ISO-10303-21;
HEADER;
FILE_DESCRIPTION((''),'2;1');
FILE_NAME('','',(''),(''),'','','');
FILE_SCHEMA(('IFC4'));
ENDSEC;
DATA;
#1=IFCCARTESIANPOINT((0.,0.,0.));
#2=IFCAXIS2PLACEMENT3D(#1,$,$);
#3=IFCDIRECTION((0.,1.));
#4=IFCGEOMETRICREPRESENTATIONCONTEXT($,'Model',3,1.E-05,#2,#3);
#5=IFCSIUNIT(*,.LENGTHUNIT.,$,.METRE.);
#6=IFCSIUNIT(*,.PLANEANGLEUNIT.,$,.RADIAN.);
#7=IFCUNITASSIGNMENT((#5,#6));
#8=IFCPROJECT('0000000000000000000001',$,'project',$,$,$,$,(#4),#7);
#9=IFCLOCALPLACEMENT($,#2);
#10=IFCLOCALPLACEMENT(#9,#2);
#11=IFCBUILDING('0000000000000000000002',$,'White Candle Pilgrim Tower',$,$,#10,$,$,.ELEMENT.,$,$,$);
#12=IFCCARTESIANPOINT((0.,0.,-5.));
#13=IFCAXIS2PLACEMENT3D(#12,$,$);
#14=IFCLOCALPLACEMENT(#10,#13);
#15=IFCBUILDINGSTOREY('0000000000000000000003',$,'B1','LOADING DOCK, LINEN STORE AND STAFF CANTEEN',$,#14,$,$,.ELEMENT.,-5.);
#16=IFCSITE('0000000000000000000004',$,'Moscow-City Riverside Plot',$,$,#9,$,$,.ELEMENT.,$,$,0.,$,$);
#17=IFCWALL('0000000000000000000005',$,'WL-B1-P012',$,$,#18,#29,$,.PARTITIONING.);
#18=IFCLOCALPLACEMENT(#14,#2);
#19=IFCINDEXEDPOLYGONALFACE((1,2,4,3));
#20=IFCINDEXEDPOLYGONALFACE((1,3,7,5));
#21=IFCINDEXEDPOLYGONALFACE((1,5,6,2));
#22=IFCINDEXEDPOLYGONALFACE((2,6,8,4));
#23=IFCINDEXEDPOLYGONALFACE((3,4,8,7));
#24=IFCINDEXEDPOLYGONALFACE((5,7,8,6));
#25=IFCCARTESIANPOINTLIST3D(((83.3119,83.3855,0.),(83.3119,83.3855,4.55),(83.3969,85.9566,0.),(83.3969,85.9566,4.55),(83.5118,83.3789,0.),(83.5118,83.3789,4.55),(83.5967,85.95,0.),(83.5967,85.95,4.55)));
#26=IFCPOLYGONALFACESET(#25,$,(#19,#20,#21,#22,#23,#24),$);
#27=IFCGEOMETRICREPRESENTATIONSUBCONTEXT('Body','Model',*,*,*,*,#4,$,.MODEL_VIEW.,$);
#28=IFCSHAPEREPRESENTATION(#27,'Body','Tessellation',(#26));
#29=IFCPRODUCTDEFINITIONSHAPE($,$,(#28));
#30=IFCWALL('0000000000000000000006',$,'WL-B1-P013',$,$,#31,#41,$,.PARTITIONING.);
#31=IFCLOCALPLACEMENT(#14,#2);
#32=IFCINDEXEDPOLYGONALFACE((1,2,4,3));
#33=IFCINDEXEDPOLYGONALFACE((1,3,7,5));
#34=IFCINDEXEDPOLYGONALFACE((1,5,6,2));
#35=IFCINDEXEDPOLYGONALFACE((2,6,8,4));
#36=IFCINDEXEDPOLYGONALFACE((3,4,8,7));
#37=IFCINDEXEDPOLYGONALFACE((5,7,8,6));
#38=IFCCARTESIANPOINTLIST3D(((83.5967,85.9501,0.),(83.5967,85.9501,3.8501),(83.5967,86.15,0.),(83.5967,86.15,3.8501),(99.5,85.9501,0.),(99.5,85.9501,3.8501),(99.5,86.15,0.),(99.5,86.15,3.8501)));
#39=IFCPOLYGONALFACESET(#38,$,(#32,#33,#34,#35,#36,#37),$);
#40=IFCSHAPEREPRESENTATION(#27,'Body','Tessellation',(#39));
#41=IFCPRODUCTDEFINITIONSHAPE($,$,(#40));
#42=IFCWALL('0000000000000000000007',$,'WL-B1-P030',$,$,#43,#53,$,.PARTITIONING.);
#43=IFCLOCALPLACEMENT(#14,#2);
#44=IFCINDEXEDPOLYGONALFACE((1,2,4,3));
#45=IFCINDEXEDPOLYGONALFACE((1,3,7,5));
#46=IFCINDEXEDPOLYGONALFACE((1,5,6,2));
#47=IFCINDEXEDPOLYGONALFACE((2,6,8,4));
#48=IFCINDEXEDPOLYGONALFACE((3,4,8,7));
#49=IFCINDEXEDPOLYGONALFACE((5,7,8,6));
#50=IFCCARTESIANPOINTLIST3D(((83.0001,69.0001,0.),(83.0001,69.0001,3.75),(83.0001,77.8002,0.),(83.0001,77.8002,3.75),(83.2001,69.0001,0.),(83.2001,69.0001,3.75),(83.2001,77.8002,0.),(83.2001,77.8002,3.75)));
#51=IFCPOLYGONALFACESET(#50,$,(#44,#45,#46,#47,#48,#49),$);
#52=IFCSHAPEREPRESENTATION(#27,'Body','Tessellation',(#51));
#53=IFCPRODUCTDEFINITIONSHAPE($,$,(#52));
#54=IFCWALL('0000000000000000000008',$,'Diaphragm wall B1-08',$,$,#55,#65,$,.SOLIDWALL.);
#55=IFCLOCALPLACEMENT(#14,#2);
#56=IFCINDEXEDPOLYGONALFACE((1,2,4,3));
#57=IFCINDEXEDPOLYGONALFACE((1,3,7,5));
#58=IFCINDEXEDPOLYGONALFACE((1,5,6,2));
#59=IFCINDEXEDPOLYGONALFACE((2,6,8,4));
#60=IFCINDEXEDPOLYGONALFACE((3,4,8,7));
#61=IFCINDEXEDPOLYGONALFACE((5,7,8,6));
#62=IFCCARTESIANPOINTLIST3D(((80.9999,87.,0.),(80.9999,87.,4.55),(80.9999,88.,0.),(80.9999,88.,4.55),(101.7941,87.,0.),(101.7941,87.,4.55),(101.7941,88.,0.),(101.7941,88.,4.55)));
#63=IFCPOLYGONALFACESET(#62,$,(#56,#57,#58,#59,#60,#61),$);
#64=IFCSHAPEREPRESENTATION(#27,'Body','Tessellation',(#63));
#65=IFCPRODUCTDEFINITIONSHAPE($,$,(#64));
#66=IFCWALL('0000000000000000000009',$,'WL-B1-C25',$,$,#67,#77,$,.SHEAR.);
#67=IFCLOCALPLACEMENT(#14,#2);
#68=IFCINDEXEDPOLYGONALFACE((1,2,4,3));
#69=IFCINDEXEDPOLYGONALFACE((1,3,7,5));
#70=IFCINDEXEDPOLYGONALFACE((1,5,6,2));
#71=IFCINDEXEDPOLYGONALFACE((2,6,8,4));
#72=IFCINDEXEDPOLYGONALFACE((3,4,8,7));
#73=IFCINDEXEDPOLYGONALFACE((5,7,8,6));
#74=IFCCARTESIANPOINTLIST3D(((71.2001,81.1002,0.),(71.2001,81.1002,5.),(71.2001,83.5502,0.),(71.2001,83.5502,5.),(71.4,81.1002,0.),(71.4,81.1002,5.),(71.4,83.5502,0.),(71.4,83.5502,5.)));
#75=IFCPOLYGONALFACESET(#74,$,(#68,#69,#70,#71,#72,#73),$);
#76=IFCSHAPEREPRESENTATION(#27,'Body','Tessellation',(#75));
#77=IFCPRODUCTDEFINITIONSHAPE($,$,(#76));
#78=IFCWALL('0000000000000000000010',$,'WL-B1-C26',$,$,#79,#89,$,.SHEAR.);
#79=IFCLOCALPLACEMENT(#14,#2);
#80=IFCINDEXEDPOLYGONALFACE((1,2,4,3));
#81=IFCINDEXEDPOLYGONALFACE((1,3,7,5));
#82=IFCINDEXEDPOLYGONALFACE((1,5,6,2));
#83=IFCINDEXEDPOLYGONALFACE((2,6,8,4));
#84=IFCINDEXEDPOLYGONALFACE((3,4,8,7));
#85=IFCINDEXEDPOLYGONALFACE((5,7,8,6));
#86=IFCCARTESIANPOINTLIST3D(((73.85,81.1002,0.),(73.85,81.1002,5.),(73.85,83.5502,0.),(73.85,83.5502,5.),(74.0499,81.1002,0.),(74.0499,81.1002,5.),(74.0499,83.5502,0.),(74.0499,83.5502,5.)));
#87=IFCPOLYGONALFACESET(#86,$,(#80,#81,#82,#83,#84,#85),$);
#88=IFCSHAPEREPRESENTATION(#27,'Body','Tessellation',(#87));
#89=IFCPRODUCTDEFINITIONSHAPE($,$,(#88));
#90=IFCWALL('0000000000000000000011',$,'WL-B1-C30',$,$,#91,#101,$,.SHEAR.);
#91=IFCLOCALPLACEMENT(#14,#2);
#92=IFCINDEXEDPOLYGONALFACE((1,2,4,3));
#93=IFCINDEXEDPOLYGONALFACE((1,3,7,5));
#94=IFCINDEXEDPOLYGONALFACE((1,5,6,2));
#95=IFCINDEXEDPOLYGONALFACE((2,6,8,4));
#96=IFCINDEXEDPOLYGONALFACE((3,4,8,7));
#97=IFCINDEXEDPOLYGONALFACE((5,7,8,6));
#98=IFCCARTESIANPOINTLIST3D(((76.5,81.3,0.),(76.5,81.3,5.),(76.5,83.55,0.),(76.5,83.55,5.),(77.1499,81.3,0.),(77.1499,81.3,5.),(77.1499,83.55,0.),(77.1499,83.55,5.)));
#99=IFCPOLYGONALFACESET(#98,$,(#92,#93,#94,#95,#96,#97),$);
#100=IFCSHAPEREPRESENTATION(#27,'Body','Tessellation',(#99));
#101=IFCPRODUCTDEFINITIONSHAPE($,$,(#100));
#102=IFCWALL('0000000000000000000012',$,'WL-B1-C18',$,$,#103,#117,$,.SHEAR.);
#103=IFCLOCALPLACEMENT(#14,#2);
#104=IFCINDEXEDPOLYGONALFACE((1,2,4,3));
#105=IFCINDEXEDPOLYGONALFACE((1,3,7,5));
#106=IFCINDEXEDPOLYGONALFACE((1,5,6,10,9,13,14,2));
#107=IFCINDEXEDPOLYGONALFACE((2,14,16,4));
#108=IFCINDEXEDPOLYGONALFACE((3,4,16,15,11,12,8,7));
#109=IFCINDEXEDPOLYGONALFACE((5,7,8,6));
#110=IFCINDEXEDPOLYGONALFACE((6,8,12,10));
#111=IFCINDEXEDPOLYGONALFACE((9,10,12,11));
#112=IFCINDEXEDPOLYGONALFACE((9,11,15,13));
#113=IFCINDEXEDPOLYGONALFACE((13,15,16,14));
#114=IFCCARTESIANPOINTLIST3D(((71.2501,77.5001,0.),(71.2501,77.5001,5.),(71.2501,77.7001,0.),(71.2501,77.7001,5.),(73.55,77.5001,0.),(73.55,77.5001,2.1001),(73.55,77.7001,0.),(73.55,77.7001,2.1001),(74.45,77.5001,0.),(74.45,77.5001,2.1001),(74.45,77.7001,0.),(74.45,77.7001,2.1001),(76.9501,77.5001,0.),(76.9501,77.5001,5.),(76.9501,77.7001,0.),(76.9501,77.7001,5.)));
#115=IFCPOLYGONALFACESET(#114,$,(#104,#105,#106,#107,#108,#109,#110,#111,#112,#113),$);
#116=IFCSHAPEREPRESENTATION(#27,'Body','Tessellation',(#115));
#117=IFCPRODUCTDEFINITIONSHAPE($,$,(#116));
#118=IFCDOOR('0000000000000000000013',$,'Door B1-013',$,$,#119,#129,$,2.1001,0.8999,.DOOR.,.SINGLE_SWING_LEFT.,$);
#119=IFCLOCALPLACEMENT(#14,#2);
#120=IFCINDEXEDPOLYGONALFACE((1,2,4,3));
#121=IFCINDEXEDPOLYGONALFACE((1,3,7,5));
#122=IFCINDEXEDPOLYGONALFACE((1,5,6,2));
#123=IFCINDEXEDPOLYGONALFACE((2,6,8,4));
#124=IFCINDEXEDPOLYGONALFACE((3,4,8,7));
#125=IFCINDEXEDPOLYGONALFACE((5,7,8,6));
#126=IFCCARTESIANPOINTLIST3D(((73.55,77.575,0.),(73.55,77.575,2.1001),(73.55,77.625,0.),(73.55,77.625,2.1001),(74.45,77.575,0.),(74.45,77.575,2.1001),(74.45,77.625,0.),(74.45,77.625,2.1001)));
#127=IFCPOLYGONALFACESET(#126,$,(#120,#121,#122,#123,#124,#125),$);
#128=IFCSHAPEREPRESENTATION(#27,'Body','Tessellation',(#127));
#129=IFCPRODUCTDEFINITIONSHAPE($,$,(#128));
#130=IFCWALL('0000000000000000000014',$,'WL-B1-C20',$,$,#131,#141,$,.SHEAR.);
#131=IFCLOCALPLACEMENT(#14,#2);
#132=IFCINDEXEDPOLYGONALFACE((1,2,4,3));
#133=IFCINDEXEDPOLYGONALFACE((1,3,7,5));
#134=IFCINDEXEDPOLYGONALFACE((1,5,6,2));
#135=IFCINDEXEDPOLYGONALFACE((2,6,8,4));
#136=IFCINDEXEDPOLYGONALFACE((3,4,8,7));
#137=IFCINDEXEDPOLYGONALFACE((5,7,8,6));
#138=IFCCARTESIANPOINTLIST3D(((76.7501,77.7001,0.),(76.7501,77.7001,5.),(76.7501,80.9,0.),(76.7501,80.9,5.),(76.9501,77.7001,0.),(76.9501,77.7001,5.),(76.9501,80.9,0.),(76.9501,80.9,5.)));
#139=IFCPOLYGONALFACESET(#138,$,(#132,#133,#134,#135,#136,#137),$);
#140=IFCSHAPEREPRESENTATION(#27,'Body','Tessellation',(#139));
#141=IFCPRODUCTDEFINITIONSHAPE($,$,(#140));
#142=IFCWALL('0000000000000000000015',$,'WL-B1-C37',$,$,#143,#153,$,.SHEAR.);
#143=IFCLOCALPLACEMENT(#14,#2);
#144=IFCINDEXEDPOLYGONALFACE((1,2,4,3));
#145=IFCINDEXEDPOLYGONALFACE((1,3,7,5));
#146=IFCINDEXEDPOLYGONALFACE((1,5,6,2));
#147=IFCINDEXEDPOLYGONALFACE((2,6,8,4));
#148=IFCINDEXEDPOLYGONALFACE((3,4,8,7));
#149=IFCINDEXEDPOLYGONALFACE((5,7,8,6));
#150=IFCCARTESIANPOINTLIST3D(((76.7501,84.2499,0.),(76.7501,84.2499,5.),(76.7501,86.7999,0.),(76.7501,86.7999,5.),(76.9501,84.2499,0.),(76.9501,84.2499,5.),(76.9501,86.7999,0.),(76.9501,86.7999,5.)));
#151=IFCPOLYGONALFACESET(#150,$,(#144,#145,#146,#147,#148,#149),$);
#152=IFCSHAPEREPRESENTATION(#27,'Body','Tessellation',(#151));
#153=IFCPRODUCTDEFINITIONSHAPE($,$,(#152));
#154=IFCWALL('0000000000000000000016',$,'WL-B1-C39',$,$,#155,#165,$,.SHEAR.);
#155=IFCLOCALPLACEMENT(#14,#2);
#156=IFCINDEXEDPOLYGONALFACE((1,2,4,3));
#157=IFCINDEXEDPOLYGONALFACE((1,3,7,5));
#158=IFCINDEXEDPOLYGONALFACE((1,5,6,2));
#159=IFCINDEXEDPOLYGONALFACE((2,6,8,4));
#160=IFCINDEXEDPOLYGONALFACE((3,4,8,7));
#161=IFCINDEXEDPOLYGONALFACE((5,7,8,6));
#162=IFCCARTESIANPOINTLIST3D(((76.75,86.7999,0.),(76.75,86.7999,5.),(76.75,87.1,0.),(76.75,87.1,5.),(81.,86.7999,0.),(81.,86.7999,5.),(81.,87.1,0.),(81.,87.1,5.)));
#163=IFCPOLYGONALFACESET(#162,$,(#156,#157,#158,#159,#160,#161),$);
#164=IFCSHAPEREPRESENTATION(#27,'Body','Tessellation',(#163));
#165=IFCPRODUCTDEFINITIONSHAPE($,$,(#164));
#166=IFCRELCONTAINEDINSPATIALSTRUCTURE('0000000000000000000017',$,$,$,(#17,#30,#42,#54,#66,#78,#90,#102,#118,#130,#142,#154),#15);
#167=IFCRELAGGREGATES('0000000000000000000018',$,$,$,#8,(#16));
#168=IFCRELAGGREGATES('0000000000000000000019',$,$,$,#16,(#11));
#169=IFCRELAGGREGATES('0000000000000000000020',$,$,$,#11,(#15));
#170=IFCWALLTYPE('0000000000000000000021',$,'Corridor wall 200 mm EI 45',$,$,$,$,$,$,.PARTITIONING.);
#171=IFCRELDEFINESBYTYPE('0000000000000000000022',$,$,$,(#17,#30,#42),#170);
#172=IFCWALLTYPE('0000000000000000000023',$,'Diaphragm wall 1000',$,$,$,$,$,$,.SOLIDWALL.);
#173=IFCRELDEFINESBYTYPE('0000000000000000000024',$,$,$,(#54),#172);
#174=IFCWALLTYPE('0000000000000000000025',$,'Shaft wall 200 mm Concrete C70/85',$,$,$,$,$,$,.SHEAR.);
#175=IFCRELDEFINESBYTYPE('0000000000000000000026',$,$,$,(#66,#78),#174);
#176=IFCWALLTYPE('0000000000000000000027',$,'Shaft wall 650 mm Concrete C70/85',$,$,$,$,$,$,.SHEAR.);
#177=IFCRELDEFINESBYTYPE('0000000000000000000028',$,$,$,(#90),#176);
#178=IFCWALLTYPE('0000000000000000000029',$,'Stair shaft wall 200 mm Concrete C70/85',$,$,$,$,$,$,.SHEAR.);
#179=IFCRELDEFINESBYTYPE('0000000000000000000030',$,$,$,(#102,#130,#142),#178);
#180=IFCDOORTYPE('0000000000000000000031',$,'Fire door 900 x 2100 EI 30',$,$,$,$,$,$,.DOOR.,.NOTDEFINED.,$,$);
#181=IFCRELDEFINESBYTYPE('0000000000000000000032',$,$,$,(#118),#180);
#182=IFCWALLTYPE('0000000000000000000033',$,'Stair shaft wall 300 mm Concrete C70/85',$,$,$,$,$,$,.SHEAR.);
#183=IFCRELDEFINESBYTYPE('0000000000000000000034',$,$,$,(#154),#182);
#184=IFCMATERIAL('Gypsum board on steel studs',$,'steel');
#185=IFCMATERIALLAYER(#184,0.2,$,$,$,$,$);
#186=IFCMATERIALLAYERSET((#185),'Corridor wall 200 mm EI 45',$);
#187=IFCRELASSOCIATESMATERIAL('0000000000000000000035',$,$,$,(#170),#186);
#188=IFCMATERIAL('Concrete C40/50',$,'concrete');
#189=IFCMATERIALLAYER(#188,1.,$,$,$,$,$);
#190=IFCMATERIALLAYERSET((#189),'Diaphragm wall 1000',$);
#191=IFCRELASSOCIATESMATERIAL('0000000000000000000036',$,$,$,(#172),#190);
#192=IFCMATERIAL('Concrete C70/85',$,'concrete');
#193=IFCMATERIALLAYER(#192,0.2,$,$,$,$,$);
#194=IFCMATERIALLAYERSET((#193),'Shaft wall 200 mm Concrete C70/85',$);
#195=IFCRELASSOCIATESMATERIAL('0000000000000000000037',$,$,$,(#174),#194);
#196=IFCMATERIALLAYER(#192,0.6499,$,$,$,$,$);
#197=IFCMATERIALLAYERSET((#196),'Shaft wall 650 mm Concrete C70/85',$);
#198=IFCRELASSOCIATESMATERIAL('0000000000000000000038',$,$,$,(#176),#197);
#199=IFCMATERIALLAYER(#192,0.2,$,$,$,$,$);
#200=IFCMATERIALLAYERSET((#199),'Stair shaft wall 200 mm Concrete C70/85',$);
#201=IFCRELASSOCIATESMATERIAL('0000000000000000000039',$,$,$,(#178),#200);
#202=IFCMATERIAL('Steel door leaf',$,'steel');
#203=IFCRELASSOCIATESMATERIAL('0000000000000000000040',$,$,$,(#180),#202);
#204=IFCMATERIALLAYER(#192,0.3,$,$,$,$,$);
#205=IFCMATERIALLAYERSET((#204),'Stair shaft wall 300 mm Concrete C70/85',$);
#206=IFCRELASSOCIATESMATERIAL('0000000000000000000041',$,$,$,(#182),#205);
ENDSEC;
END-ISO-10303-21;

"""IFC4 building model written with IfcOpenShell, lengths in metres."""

from ifc_helpers import new_model, si_unit, direction, frame, frame_2d, origin, place, context, subcontext, project, spatial, rectangle, extrude, material, layer, layer_set, type_object, element, fill, save


model = new_model("IFC4")

# Units and contexts
model_context = context("Model", 3, precision=1e-05, world=origin(), true_north=direction((0.0, 1.0)))
body_context = subcontext(model_context, "Body", "Model", "MODEL_VIEW")
ifc_project = project(units=[si_unit("LENGTHUNIT", "METRE"), si_unit("PLANEANGLEUNIT", "RADIAN")], contexts=[model_context])

# Site, building, storey
site_placement = place(None, origin())
site = spatial("IfcSite", under=ifc_project, at=site_placement, Name="Moscow-City Riverside Plot", CompositionType="ELEMENT", RefElevation=0.0)
building_placement = place(site_placement, origin())
building = spatial("IfcBuilding", under=site, at=building_placement, Name="White Candle Pilgrim Tower", CompositionType="ELEMENT")
storey_placement = place(building_placement, frame((0.0, 0.0, -5.0)))
storey = spatial("IfcBuildingStorey", under=building, at=storey_placement, Name="B1", Description="LOADING DOCK, LINEN STORE AND STAFF CANTEEN", CompositionType="ELEMENT", Elevation=-5.0)

# Shared definitions
ifc_material_1 = material(Name="Concrete C70/85", Category="concrete")
ifc_material_2 = material(Name="Steel door leaf", Category="steel")

# Walls
ifc_material_3 = material(Name="Gypsum board on steel studs", Category="steel")
ifc_layer_1 = layer(ifc_material_3, 0.2)
ifc_layer_set_1 = layer_set([ifc_layer_1], Name="Corridor wall 200 mm EI 45")
wall_type_1 = type_object("IfcWallType", Name="Corridor wall 200 mm EI 45", PredefinedType="PARTITIONING", material=ifc_layer_set_1)
wall_1_placement = place(storey_placement, frame((83.4119, 83.3823, 0.0), z_axis=(0.0, 0.0, 1.0), x_axis=(0.033027, 0.999454, 0.0)))
element("IfcWall", 1, at=wall_1_placement, inside=storey, type_object=wall_type_1, Name="WL-B1-P012", PredefinedType="PARTITIONING", context=body_context, shape_type="SweptSolid", body=[
    extrude(rectangle(XDim=2.5725, YDim=0.2, at=frame_2d((1.2861, 0.0))), origin(), (0.0, 0.0, 1.0), 4.55),
])
wall_2_placement = place(storey_placement, frame((83.5967, 86.05, 0.0), z_axis=(0.0, 0.0, 1.0), x_axis=(1.0, 0.0, 0.0)))
element("IfcWall", 2, at=wall_2_placement, inside=storey, type_object=wall_type_1, Name="WL-B1-P013", PredefinedType="PARTITIONING", context=body_context, shape_type="SweptSolid", body=[
    extrude(rectangle(XDim=15.9033, YDim=0.2, at=frame_2d((7.9517, 0.0))), origin(), (0.0, 0.0, 1.0), 3.8501),
])
wall_3_placement = place(storey_placement, frame((83.1001, 77.8, 0.0), z_axis=(0.0, 0.0, 1.0), x_axis=(0.0, -1.0, 0.0)))
element("IfcWall", 3, at=wall_3_placement, inside=storey, type_object=wall_type_1, Name="WL-B1-P030", PredefinedType="PARTITIONING", context=body_context, shape_type="SweptSolid", body=[
    extrude(rectangle(XDim=8.8, YDim=0.2, at=frame_2d((4.3999, 0.0))), origin(), (0.0, 0.0, 1.0), 3.75),
])
ifc_material_4 = material(Name="Concrete C40/50", Category="concrete")
ifc_layer_2 = layer(ifc_material_4, 1.0)
ifc_layer_set_2 = layer_set([ifc_layer_2], Name="Diaphragm wall 1000")
wall_type_2 = type_object("IfcWallType", Name="Diaphragm wall 1000", PredefinedType="SOLIDWALL", material=ifc_layer_set_2)
wall_4_placement = place(storey_placement, frame((81.0, 87.5, 0.0), z_axis=(0.0, 0.0, 1.0), x_axis=(1.0, 0.0, 0.0)))
element("IfcWall", 4, at=wall_4_placement, inside=storey, type_object=wall_type_2, Name="Diaphragm wall B1-08", PredefinedType="SOLIDWALL", context=body_context, shape_type="SweptSolid", body=[
    extrude(rectangle(XDim=20.7942, YDim=1.0, at=frame_2d((10.397, 0.0))), origin(), (0.0, 0.0, 1.0), 4.55),
])
ifc_layer_3 = layer(ifc_material_1, 0.2)
ifc_layer_set_3 = layer_set([ifc_layer_3], Name="Shaft wall 200 mm Concrete C70/85")
wall_type_3 = type_object("IfcWallType", Name="Shaft wall 200 mm Concrete C70/85", PredefinedType="SHEAR", material=ifc_layer_set_3)
for number, where, z_axis, x_axis, name in (
    (5, (71.3, 81.1001, 0.0), (0.0, 0.0, 1.0), (0.0, 1.0, 0.0), "WL-B1-C25"),
    (6, (73.95, 81.1001, 0.0), (0.0, 0.0, 1.0), (0.0, 1.0, 0.0), "WL-B1-C26"),
):
    element("IfcWall", number, at=place(storey_placement, frame(where, z_axis=z_axis, x_axis=x_axis)), inside=storey, type_object=wall_type_3, Name=name, PredefinedType="SHEAR", context=body_context, shape_type="SweptSolid", body=[
        extrude(rectangle(XDim=2.45, YDim=0.2, at=frame_2d((1.2251, 0.0))), origin(), (0.0, 0.0, 1.0), 5.0),
    ])
ifc_layer_4 = layer(ifc_material_1, 0.6499)
ifc_layer_set_4 = layer_set([ifc_layer_4], Name="Shaft wall 650 mm Concrete C70/85")
wall_type_4 = type_object("IfcWallType", Name="Shaft wall 650 mm Concrete C70/85", PredefinedType="SHEAR", material=ifc_layer_set_4)
wall_5_placement = place(storey_placement, frame((76.825, 81.3, 0.0), z_axis=(0.0, 0.0, 1.0), x_axis=(0.0, 1.0, 0.0)))
element("IfcWall", 7, at=wall_5_placement, inside=storey, type_object=wall_type_4, Name="WL-B1-C30", PredefinedType="SHEAR", context=body_context, shape_type="SweptSolid", body=[
    extrude(rectangle(XDim=2.25, YDim=0.6499, at=frame_2d((1.125, 0.0))), origin(), (0.0, 0.0, 1.0), 5.0),
])

# Wall, opening, door
ifc_layer_5 = layer(ifc_material_1, 0.2)
ifc_layer_set_5 = layer_set([ifc_layer_5], Name="Stair shaft wall 200 mm Concrete C70/85")
wall_type_5 = type_object("IfcWallType", Name="Stair shaft wall 200 mm Concrete C70/85", PredefinedType="SHEAR", material=ifc_layer_set_5)
wall_6_placement = place(storey_placement, frame((71.25, 77.6001, 0.0), z_axis=(0.0, 0.0, 1.0), x_axis=(1.0, 0.0, 0.0)))
wall_6 = element("IfcWall", 8, at=wall_6_placement, inside=storey, type_object=wall_type_5, Name="WL-B1-C18", PredefinedType="SHEAR", context=body_context, shape_type="SweptSolid", body=[
    extrude(rectangle(XDim=5.7, YDim=0.2, at=frame_2d((2.8501, 0.0))), origin(), (0.0, 0.0, 1.0), 5.0),
])
opening_1_placement = place(wall_6_placement, frame((2.3, 0.0, 0.0)))
opening_1 = element("IfcOpeningElement", 9, at=opening_1_placement, cuts=wall_6, PredefinedType="OPENING", context=body_context, shape_type="SweptSolid", body=[
    extrude(rectangle(XDim=0.8999, YDim=2.1001, at=frame_2d((0.45, 1.05))), frame((0.0, 0.1099, 0.0), z_axis=(0.0, -1.0, 0.0), x_axis=(1.0, 0.0, 0.0)), (0.0, 0.0, 1.0), 0.22),
])
door_type_1 = type_object("IfcDoorType", Name="Fire door 900 x 2100 EI 30", OperationType="NOTDEFINED", PredefinedType="DOOR", material=ifc_material_2)
door_1_placement = place(opening_1_placement, origin())
door_1 = element("IfcDoor", 10, at=door_1_placement, inside=storey, type_object=door_type_1, Name="Door B1-013", OperationType="SINGLE_SWING_LEFT", OverallHeight=2.1001, OverallWidth=0.8999, PredefinedType="DOOR", context=body_context, shape_type="SweptSolid", body=[
    extrude(rectangle(XDim=0.8999, YDim=2.1001, at=frame_2d((0.45, 1.05))), frame((0.0, 0.0249, 0.0), z_axis=(0.0, -1.0, 0.0), x_axis=(1.0, 0.0, 0.0)), (0.0, 0.0, 1.0), 0.05),
])
fill(opening_1, door_1)

# Walls
wall_7_placement = place(storey_placement, frame((76.8501, 77.7, 0.0), z_axis=(0.0, 0.0, 1.0), x_axis=(0.0, 1.0, 0.0)))
element("IfcWall", 11, at=wall_7_placement, inside=storey, type_object=wall_type_5, Name="WL-B1-C20", PredefinedType="SHEAR", context=body_context, shape_type="SweptSolid", body=[
    extrude(rectangle(XDim=3.2, YDim=0.2, at=frame_2d((1.6001, 0.0))), origin(), (0.0, 0.0, 1.0), 5.0),
])
wall_8_placement = place(storey_placement, frame((76.8501, 84.25, 0.0), z_axis=(0.0, 0.0, 1.0), x_axis=(0.0, 1.0, 0.0)))
element("IfcWall", 12, at=wall_8_placement, inside=storey, type_object=wall_type_5, Name="WL-B1-C37", PredefinedType="SHEAR", context=body_context, shape_type="SweptSolid", body=[
    extrude(rectangle(XDim=2.55, YDim=0.2, at=frame_2d((1.2749, 0.0))), origin(), (0.0, 0.0, 1.0), 5.0),
])
ifc_layer_6 = layer(ifc_material_1, 0.3)
ifc_layer_set_6 = layer_set([ifc_layer_6], Name="Stair shaft wall 300 mm Concrete C70/85")
wall_type_6 = type_object("IfcWallType", Name="Stair shaft wall 300 mm Concrete C70/85", PredefinedType="SHEAR", material=ifc_layer_set_6)
wall_9_placement = place(storey_placement, frame((76.75, 86.95, 0.0), z_axis=(0.0, 0.0, 1.0), x_axis=(1.0, 0.0, 0.0)))
element("IfcWall", 13, at=wall_9_placement, inside=storey, type_object=wall_type_6, Name="WL-B1-C39", PredefinedType="SHEAR", context=body_context, shape_type="SweptSolid", body=[
    extrude(rectangle(XDim=4.25, YDim=0.3, at=frame_2d((2.125, 0.0))), origin(), (0.0, 0.0, 1.0), 5.0),
])

save(model, "model.ifc")
